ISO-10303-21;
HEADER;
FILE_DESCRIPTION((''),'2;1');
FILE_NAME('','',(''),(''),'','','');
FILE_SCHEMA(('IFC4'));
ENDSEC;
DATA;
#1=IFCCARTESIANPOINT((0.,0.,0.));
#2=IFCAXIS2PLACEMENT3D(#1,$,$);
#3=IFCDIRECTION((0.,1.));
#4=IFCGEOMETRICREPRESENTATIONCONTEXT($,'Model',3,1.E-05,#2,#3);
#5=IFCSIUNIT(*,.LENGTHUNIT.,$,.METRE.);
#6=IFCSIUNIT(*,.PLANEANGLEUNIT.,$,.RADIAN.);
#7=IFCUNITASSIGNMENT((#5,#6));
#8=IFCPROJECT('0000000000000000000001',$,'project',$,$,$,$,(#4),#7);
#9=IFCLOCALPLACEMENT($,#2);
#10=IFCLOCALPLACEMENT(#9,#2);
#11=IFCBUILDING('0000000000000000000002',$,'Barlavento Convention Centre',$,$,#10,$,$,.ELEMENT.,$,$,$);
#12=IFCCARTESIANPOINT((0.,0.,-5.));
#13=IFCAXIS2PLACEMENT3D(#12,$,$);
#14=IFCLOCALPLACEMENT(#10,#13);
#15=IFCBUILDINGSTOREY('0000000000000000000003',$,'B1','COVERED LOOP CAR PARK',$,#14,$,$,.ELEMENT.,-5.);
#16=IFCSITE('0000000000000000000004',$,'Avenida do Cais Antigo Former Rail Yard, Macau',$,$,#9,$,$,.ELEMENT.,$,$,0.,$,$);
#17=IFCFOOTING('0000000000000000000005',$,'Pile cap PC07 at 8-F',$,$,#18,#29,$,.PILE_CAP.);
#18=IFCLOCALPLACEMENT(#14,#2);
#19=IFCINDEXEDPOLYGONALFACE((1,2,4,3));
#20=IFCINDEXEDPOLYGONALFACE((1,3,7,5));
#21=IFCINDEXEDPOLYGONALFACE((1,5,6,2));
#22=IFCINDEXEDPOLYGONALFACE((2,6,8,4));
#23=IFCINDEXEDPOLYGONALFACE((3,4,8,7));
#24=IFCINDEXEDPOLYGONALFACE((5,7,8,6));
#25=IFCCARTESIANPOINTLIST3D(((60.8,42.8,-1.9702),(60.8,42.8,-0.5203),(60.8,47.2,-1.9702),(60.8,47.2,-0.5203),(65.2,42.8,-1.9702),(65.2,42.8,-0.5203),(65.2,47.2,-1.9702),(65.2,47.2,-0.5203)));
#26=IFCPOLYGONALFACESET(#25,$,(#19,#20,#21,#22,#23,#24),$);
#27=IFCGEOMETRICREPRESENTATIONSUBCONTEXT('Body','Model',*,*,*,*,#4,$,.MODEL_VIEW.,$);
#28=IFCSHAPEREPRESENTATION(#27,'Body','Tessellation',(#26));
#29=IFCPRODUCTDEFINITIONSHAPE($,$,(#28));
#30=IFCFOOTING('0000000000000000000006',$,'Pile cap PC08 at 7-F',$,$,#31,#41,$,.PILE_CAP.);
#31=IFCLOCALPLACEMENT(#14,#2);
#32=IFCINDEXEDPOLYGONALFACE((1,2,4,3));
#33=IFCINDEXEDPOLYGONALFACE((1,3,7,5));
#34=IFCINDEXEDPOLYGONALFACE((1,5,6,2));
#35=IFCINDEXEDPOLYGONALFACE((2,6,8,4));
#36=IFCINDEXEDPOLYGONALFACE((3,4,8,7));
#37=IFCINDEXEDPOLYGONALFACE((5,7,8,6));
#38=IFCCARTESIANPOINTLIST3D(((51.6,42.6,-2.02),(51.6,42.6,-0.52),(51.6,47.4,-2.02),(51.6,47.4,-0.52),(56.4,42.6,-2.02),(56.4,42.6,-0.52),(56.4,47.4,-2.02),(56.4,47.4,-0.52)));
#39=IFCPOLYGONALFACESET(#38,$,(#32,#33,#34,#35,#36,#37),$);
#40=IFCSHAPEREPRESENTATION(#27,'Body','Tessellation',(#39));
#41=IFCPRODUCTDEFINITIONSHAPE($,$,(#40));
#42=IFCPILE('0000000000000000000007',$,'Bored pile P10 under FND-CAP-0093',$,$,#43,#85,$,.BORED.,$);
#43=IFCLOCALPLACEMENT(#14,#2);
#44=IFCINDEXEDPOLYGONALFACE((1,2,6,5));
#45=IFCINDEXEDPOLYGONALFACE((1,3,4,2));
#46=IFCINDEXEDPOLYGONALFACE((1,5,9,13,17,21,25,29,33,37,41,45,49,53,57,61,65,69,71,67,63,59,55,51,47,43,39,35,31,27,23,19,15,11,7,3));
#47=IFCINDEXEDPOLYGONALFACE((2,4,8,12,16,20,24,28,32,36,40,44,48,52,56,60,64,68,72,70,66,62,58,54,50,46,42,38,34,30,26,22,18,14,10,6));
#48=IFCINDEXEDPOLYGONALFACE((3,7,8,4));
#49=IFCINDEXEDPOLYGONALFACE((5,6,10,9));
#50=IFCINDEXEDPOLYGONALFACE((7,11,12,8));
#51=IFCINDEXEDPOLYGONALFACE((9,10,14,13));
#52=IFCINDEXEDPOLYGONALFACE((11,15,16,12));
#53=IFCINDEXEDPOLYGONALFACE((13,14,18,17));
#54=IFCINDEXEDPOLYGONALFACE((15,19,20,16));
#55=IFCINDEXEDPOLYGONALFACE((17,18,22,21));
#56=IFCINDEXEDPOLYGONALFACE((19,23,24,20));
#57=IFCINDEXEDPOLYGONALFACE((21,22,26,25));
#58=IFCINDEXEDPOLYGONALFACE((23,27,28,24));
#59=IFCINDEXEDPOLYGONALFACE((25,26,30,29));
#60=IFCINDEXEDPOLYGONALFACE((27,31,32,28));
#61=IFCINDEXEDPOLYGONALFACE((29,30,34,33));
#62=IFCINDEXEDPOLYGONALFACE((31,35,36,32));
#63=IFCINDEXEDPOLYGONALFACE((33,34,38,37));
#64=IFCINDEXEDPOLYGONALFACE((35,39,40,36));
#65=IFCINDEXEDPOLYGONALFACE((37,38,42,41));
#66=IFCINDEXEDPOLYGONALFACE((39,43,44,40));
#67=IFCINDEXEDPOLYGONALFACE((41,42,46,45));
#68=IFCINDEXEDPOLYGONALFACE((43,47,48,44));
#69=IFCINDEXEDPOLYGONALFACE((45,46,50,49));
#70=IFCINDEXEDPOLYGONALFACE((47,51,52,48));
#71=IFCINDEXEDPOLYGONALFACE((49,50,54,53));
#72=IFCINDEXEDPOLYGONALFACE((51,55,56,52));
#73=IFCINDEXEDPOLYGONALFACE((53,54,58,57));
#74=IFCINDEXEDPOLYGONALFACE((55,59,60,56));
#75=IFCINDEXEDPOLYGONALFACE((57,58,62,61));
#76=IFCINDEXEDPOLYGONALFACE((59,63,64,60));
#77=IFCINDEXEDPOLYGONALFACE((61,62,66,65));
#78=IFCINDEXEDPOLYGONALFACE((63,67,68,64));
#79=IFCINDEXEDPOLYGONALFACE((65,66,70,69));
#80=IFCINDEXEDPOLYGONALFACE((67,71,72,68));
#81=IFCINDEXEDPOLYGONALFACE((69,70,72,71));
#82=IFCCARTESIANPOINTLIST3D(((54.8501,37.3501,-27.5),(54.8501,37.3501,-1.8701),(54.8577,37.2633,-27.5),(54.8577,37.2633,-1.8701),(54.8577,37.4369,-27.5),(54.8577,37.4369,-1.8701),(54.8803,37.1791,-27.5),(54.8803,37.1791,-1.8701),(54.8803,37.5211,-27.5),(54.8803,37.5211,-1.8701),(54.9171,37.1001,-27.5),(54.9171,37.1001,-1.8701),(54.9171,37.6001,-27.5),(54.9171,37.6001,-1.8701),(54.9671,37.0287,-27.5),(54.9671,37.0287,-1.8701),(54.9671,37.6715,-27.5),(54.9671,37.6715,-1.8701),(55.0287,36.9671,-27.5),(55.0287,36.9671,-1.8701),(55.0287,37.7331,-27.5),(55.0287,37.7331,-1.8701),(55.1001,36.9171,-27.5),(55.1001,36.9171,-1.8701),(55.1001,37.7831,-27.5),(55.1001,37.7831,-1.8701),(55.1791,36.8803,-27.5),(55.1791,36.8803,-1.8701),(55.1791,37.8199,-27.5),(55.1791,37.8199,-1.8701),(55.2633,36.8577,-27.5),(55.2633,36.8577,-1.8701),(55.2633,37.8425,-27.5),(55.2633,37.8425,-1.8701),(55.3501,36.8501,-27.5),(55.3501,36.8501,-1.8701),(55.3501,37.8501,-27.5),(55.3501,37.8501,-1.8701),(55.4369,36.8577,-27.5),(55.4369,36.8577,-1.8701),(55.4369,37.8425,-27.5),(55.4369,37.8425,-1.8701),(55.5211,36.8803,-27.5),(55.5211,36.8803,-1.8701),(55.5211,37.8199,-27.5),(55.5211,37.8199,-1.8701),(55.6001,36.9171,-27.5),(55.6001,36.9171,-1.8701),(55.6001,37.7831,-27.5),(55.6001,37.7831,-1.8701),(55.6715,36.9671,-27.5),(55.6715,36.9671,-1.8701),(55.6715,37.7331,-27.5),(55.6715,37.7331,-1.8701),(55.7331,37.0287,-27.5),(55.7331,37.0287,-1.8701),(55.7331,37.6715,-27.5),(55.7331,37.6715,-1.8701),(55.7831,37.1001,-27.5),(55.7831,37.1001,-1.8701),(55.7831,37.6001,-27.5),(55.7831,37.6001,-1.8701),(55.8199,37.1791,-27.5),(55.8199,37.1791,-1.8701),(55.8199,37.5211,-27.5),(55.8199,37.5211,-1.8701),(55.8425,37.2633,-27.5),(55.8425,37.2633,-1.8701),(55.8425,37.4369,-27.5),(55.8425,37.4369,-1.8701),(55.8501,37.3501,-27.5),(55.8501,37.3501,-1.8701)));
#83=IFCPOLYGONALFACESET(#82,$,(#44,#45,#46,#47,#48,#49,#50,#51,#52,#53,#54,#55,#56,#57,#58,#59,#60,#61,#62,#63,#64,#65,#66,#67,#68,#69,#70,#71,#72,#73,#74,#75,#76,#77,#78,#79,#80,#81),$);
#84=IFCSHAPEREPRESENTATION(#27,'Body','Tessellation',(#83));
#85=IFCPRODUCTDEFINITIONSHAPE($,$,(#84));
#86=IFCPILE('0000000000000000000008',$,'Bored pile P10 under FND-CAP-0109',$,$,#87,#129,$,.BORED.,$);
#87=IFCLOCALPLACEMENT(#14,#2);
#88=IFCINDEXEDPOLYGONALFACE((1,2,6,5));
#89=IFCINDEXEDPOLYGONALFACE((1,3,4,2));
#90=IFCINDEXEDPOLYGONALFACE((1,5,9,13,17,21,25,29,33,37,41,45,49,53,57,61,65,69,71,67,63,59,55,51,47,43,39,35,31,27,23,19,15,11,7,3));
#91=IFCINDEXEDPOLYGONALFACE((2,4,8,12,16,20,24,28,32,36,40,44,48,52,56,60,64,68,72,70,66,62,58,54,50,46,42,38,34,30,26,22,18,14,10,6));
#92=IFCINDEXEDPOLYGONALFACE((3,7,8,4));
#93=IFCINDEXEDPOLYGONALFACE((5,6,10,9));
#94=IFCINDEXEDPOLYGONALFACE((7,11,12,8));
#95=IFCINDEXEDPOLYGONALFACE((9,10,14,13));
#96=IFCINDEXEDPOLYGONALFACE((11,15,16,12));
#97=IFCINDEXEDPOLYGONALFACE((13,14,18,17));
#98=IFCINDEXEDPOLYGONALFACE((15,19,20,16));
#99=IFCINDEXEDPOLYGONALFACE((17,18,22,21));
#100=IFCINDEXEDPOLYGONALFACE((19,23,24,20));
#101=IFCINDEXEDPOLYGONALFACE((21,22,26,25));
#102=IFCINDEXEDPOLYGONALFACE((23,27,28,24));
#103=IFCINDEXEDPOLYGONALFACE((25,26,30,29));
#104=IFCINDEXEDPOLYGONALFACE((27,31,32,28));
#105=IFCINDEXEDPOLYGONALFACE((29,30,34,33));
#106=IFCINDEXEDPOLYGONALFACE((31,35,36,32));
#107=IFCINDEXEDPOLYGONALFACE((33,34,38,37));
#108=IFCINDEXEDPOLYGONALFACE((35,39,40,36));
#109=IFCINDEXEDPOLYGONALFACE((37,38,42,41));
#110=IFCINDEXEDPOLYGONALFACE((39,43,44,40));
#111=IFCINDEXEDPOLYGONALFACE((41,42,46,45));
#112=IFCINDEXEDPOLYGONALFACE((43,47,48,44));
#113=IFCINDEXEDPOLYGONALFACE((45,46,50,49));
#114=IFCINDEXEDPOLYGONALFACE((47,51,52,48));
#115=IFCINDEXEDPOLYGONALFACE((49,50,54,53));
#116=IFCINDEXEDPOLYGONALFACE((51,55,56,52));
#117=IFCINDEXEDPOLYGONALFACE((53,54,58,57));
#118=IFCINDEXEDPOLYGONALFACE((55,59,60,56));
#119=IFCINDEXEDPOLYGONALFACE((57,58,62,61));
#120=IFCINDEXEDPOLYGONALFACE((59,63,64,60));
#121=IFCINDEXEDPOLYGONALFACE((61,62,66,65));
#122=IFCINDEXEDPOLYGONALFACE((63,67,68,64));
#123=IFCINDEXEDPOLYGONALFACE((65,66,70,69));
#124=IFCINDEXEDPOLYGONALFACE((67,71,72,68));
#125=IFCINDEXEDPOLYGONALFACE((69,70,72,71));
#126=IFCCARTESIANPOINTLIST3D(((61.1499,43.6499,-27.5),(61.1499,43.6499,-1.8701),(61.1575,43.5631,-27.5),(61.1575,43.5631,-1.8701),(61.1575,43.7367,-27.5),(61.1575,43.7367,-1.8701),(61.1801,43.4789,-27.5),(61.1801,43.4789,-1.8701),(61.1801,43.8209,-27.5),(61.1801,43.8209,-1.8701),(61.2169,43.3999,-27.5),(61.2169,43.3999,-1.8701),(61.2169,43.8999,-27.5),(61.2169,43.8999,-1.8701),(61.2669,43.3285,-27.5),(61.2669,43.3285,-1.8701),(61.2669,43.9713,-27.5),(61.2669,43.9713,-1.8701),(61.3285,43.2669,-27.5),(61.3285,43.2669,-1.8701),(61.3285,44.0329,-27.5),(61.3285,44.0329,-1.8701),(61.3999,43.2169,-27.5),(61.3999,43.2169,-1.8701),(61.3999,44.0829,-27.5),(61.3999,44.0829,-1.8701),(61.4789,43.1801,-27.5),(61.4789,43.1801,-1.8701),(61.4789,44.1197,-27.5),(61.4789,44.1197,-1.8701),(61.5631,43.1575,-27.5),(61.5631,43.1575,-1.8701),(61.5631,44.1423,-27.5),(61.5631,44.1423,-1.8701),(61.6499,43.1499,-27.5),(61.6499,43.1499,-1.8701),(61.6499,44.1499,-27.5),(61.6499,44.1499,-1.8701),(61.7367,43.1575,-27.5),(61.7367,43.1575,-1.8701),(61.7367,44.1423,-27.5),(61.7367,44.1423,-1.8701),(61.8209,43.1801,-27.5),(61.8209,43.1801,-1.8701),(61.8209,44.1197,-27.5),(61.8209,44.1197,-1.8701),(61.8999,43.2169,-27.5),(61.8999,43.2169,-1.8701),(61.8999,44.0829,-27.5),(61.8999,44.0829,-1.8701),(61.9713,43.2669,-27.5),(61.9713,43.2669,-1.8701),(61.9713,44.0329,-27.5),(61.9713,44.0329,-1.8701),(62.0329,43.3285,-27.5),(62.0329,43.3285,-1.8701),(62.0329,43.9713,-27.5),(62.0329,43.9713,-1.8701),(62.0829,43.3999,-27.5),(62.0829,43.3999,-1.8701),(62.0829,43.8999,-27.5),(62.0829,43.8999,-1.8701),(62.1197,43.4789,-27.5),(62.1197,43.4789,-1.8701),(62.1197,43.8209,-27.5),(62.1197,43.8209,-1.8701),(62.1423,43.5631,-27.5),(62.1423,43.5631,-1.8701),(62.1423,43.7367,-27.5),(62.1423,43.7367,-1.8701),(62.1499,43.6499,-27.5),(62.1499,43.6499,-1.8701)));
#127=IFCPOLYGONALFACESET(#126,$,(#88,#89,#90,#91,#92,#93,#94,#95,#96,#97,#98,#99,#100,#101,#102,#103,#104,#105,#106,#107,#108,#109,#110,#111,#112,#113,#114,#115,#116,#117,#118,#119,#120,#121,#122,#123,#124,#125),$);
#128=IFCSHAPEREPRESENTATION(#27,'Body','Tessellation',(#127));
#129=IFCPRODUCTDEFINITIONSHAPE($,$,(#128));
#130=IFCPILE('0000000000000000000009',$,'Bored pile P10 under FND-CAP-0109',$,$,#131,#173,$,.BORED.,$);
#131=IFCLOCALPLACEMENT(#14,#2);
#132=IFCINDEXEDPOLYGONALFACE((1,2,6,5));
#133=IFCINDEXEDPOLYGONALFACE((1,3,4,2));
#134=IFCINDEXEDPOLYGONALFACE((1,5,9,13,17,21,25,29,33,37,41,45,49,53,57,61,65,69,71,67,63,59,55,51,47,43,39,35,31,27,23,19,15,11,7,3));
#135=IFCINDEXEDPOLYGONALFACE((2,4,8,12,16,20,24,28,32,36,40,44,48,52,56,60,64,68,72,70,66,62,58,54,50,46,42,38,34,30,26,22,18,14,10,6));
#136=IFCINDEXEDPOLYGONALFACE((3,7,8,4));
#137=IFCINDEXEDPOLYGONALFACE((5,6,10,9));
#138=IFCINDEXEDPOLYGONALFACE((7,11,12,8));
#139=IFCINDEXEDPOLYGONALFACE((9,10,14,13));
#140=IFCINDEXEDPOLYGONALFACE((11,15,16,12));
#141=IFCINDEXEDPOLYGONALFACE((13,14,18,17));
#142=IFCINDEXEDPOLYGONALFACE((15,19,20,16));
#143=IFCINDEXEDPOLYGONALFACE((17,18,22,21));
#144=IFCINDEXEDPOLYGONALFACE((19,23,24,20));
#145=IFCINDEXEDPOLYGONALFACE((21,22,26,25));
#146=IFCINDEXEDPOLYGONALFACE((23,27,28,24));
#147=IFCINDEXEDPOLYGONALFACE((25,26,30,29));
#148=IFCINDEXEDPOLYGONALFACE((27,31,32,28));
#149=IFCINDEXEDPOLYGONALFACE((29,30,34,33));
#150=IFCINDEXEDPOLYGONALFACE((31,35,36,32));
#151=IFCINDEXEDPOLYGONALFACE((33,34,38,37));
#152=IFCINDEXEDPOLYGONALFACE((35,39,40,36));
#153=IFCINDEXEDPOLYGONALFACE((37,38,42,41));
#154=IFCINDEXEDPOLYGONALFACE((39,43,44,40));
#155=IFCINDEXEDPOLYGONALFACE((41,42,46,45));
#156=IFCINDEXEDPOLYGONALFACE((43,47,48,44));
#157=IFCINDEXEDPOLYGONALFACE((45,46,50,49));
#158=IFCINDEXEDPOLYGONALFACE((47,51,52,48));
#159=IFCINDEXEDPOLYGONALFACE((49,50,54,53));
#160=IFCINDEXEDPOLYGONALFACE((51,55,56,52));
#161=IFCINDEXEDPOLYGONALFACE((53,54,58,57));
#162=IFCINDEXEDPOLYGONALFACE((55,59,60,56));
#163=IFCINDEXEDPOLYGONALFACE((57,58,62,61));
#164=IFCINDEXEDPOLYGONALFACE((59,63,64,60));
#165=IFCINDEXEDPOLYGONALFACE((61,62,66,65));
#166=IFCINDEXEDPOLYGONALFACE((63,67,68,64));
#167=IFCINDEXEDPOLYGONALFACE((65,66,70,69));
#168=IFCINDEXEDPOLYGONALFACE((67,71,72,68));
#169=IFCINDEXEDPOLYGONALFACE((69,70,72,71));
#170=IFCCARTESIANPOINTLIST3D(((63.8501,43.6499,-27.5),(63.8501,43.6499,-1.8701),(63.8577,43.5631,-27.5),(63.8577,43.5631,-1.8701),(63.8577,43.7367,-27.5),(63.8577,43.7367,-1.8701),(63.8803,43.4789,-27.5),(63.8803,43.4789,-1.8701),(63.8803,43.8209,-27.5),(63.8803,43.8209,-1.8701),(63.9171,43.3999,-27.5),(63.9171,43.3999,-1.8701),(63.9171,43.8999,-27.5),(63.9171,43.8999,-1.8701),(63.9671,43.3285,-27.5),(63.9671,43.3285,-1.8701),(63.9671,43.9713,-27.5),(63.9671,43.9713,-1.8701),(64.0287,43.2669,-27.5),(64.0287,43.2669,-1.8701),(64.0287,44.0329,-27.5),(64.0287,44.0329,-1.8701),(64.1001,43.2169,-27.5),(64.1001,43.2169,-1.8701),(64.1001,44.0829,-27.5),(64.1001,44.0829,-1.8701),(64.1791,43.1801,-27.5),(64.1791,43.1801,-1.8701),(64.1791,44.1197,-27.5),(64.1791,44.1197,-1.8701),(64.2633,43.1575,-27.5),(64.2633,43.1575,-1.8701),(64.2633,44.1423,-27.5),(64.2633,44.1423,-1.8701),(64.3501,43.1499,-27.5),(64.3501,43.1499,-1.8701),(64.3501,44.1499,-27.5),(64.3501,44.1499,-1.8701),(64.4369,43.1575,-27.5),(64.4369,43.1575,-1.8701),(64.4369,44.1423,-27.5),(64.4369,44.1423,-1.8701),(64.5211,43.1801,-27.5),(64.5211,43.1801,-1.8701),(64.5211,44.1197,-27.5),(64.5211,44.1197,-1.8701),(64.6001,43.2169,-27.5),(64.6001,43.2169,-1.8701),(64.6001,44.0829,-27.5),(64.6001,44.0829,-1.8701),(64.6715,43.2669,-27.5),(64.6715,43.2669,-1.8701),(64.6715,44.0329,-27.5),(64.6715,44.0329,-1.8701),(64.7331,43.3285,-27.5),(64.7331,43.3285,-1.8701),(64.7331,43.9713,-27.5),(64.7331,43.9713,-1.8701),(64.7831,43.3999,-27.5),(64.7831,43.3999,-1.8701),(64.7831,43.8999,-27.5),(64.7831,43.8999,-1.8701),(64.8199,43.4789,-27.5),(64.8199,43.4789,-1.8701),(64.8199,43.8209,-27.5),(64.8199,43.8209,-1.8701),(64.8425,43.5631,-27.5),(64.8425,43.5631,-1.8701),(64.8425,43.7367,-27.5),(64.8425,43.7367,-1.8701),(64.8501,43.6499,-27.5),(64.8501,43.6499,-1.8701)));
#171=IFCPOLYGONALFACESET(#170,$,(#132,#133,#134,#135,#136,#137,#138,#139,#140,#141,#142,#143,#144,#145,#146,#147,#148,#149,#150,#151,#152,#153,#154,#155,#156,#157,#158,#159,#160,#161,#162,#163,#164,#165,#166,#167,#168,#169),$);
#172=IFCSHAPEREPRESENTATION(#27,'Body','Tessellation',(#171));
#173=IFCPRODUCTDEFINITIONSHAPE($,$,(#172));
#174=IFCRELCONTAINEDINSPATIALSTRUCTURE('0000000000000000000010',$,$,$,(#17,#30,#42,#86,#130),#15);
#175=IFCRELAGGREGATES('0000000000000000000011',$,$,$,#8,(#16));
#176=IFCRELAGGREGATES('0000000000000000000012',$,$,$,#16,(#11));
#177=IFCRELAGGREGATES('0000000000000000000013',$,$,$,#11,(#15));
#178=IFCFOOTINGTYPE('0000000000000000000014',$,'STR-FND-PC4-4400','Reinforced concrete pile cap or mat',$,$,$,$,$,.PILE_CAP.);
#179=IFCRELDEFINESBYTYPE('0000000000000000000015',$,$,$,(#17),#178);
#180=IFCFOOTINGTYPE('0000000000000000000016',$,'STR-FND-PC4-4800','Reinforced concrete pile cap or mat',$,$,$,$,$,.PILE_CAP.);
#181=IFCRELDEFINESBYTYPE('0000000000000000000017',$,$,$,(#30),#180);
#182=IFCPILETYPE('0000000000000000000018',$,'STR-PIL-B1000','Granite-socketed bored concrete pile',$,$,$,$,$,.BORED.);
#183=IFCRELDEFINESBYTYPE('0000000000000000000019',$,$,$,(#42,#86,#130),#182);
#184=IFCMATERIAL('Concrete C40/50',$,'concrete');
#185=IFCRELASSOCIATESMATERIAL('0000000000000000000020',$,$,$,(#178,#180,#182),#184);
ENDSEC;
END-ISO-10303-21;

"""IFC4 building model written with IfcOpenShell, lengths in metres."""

from ifc_helpers import new_model, si_unit, direction, frame, origin, origin_2d, place, context, subcontext, project, spatial, rectangle, circle, extrude, material, material_profile, profile_set, type_object, element, save


model = new_model("IFC4")

# Units and contexts
model_context = context("Model", 3, precision=1e-05, world=origin(), true_north=direction((0.0, 1.0)))
body_context = subcontext(model_context, "Body", "Model", "MODEL_VIEW")
ifc_project = project(units=[si_unit("LENGTHUNIT", "METRE"), si_unit("PLANEANGLEUNIT", "RADIAN")], contexts=[model_context])

# Site, building, storey
site_placement = place(None, origin())
site = spatial("IfcSite", under=ifc_project, at=site_placement, Name="Avenida do Cais Antigo Former Rail Yard, Macau", CompositionType="ELEMENT", RefElevation=0.0)
building_placement = place(site_placement, origin())
building = spatial("IfcBuilding", under=site, at=building_placement, Name="Barlavento Convention Centre", CompositionType="ELEMENT")
storey_placement = place(building_placement, frame((0.0, 0.0, -5.0)))
storey = spatial("IfcBuildingStorey", under=building, at=storey_placement, Name="B1", Description="COVERED LOOP CAR PARK", CompositionType="ELEMENT", Elevation=-5.0)

# Footings
ifc_material_1 = material(Name="Concrete C40/50", Category="concrete")
footing_type_1 = type_object("IfcFootingType", Name="STR-FND-PC4-4400", Description="Reinforced concrete pile cap or mat", PredefinedType="PILE_CAP", material=ifc_material_1)
footing_1_placement = place(storey_placement, frame((63.0, 45.0, -1.9702), z_axis=(0.0, 0.0, 1.0), x_axis=(1.0, 0.0, 0.0)))
element("IfcFooting", 1, at=footing_1_placement, inside=storey, type_object=footing_type_1, Name="Pile cap PC07 at 8-F", PredefinedType="PILE_CAP", context=body_context, shape_type="SweptSolid", body=[
    extrude(rectangle(XDim=4.3999, YDim=4.3999, at=origin_2d()), origin(), (0.0, 0.0, 1.0), 1.45),
])
footing_type_2 = type_object("IfcFootingType", Name="STR-FND-PC4-4800", Description="Reinforced concrete pile cap or mat", PredefinedType="PILE_CAP", material=ifc_material_1)
footing_2_placement = place(storey_placement, frame((54.0, 45.0, -2.02), z_axis=(0.0, 0.0, 1.0), x_axis=(1.0, 0.0, 0.0)))
element("IfcFooting", 2, at=footing_2_placement, inside=storey, type_object=footing_type_2, Name="Pile cap PC08 at 7-F", PredefinedType="PILE_CAP", context=body_context, shape_type="SweptSolid", body=[
    extrude(rectangle(XDim=4.8, YDim=4.8, at=origin_2d()), origin(), (0.0, 0.0, 1.0), 1.5),
])

# Piles
ifc_material_profile_1 = material_profile(ifc_material_1, circle(Radius=0.5, at=origin_2d()), Name="BORED PILE 1000")
ifc_profile_set_1 = profile_set([ifc_material_profile_1], Name="Concrete C40/50")
pile_type_1 = type_object("IfcPileType", Name="STR-PIL-B1000", Description="Granite-socketed bored concrete pile", PredefinedType="BORED", material=ifc_profile_set_1)
for number, where, z_axis, x_axis, name in (
    (3, (55.3501, 37.3501, -1.8701), (0.0, 0.0, -1.0), (1.0, 0.0, 0.0), "Bored pile P10 under FND-CAP-0093"),
    (4, (61.6499, 43.6499, -1.8701), (0.0, 0.0, -1.0), (1.0, 0.0, 0.0), "Bored pile P10 under FND-CAP-0109"),
    (5, (64.3501, 43.6499, -1.8701), (0.0, 0.0, -1.0), (1.0, 0.0, 0.0), "Bored pile P10 under FND-CAP-0109"),
):
    element("IfcPile", number, at=place(storey_placement, frame(where, z_axis=z_axis, x_axis=x_axis)), inside=storey, type_object=pile_type_1, Name=name, PredefinedType="BORED", context=body_context, shape_type="SweptSolid", body=[
        extrude(circle(Radius=0.5, at=origin_2d()), origin(), (0.0, 0.0, 1.0), 25.6299),
    ])

save(model, "model.ifc")
